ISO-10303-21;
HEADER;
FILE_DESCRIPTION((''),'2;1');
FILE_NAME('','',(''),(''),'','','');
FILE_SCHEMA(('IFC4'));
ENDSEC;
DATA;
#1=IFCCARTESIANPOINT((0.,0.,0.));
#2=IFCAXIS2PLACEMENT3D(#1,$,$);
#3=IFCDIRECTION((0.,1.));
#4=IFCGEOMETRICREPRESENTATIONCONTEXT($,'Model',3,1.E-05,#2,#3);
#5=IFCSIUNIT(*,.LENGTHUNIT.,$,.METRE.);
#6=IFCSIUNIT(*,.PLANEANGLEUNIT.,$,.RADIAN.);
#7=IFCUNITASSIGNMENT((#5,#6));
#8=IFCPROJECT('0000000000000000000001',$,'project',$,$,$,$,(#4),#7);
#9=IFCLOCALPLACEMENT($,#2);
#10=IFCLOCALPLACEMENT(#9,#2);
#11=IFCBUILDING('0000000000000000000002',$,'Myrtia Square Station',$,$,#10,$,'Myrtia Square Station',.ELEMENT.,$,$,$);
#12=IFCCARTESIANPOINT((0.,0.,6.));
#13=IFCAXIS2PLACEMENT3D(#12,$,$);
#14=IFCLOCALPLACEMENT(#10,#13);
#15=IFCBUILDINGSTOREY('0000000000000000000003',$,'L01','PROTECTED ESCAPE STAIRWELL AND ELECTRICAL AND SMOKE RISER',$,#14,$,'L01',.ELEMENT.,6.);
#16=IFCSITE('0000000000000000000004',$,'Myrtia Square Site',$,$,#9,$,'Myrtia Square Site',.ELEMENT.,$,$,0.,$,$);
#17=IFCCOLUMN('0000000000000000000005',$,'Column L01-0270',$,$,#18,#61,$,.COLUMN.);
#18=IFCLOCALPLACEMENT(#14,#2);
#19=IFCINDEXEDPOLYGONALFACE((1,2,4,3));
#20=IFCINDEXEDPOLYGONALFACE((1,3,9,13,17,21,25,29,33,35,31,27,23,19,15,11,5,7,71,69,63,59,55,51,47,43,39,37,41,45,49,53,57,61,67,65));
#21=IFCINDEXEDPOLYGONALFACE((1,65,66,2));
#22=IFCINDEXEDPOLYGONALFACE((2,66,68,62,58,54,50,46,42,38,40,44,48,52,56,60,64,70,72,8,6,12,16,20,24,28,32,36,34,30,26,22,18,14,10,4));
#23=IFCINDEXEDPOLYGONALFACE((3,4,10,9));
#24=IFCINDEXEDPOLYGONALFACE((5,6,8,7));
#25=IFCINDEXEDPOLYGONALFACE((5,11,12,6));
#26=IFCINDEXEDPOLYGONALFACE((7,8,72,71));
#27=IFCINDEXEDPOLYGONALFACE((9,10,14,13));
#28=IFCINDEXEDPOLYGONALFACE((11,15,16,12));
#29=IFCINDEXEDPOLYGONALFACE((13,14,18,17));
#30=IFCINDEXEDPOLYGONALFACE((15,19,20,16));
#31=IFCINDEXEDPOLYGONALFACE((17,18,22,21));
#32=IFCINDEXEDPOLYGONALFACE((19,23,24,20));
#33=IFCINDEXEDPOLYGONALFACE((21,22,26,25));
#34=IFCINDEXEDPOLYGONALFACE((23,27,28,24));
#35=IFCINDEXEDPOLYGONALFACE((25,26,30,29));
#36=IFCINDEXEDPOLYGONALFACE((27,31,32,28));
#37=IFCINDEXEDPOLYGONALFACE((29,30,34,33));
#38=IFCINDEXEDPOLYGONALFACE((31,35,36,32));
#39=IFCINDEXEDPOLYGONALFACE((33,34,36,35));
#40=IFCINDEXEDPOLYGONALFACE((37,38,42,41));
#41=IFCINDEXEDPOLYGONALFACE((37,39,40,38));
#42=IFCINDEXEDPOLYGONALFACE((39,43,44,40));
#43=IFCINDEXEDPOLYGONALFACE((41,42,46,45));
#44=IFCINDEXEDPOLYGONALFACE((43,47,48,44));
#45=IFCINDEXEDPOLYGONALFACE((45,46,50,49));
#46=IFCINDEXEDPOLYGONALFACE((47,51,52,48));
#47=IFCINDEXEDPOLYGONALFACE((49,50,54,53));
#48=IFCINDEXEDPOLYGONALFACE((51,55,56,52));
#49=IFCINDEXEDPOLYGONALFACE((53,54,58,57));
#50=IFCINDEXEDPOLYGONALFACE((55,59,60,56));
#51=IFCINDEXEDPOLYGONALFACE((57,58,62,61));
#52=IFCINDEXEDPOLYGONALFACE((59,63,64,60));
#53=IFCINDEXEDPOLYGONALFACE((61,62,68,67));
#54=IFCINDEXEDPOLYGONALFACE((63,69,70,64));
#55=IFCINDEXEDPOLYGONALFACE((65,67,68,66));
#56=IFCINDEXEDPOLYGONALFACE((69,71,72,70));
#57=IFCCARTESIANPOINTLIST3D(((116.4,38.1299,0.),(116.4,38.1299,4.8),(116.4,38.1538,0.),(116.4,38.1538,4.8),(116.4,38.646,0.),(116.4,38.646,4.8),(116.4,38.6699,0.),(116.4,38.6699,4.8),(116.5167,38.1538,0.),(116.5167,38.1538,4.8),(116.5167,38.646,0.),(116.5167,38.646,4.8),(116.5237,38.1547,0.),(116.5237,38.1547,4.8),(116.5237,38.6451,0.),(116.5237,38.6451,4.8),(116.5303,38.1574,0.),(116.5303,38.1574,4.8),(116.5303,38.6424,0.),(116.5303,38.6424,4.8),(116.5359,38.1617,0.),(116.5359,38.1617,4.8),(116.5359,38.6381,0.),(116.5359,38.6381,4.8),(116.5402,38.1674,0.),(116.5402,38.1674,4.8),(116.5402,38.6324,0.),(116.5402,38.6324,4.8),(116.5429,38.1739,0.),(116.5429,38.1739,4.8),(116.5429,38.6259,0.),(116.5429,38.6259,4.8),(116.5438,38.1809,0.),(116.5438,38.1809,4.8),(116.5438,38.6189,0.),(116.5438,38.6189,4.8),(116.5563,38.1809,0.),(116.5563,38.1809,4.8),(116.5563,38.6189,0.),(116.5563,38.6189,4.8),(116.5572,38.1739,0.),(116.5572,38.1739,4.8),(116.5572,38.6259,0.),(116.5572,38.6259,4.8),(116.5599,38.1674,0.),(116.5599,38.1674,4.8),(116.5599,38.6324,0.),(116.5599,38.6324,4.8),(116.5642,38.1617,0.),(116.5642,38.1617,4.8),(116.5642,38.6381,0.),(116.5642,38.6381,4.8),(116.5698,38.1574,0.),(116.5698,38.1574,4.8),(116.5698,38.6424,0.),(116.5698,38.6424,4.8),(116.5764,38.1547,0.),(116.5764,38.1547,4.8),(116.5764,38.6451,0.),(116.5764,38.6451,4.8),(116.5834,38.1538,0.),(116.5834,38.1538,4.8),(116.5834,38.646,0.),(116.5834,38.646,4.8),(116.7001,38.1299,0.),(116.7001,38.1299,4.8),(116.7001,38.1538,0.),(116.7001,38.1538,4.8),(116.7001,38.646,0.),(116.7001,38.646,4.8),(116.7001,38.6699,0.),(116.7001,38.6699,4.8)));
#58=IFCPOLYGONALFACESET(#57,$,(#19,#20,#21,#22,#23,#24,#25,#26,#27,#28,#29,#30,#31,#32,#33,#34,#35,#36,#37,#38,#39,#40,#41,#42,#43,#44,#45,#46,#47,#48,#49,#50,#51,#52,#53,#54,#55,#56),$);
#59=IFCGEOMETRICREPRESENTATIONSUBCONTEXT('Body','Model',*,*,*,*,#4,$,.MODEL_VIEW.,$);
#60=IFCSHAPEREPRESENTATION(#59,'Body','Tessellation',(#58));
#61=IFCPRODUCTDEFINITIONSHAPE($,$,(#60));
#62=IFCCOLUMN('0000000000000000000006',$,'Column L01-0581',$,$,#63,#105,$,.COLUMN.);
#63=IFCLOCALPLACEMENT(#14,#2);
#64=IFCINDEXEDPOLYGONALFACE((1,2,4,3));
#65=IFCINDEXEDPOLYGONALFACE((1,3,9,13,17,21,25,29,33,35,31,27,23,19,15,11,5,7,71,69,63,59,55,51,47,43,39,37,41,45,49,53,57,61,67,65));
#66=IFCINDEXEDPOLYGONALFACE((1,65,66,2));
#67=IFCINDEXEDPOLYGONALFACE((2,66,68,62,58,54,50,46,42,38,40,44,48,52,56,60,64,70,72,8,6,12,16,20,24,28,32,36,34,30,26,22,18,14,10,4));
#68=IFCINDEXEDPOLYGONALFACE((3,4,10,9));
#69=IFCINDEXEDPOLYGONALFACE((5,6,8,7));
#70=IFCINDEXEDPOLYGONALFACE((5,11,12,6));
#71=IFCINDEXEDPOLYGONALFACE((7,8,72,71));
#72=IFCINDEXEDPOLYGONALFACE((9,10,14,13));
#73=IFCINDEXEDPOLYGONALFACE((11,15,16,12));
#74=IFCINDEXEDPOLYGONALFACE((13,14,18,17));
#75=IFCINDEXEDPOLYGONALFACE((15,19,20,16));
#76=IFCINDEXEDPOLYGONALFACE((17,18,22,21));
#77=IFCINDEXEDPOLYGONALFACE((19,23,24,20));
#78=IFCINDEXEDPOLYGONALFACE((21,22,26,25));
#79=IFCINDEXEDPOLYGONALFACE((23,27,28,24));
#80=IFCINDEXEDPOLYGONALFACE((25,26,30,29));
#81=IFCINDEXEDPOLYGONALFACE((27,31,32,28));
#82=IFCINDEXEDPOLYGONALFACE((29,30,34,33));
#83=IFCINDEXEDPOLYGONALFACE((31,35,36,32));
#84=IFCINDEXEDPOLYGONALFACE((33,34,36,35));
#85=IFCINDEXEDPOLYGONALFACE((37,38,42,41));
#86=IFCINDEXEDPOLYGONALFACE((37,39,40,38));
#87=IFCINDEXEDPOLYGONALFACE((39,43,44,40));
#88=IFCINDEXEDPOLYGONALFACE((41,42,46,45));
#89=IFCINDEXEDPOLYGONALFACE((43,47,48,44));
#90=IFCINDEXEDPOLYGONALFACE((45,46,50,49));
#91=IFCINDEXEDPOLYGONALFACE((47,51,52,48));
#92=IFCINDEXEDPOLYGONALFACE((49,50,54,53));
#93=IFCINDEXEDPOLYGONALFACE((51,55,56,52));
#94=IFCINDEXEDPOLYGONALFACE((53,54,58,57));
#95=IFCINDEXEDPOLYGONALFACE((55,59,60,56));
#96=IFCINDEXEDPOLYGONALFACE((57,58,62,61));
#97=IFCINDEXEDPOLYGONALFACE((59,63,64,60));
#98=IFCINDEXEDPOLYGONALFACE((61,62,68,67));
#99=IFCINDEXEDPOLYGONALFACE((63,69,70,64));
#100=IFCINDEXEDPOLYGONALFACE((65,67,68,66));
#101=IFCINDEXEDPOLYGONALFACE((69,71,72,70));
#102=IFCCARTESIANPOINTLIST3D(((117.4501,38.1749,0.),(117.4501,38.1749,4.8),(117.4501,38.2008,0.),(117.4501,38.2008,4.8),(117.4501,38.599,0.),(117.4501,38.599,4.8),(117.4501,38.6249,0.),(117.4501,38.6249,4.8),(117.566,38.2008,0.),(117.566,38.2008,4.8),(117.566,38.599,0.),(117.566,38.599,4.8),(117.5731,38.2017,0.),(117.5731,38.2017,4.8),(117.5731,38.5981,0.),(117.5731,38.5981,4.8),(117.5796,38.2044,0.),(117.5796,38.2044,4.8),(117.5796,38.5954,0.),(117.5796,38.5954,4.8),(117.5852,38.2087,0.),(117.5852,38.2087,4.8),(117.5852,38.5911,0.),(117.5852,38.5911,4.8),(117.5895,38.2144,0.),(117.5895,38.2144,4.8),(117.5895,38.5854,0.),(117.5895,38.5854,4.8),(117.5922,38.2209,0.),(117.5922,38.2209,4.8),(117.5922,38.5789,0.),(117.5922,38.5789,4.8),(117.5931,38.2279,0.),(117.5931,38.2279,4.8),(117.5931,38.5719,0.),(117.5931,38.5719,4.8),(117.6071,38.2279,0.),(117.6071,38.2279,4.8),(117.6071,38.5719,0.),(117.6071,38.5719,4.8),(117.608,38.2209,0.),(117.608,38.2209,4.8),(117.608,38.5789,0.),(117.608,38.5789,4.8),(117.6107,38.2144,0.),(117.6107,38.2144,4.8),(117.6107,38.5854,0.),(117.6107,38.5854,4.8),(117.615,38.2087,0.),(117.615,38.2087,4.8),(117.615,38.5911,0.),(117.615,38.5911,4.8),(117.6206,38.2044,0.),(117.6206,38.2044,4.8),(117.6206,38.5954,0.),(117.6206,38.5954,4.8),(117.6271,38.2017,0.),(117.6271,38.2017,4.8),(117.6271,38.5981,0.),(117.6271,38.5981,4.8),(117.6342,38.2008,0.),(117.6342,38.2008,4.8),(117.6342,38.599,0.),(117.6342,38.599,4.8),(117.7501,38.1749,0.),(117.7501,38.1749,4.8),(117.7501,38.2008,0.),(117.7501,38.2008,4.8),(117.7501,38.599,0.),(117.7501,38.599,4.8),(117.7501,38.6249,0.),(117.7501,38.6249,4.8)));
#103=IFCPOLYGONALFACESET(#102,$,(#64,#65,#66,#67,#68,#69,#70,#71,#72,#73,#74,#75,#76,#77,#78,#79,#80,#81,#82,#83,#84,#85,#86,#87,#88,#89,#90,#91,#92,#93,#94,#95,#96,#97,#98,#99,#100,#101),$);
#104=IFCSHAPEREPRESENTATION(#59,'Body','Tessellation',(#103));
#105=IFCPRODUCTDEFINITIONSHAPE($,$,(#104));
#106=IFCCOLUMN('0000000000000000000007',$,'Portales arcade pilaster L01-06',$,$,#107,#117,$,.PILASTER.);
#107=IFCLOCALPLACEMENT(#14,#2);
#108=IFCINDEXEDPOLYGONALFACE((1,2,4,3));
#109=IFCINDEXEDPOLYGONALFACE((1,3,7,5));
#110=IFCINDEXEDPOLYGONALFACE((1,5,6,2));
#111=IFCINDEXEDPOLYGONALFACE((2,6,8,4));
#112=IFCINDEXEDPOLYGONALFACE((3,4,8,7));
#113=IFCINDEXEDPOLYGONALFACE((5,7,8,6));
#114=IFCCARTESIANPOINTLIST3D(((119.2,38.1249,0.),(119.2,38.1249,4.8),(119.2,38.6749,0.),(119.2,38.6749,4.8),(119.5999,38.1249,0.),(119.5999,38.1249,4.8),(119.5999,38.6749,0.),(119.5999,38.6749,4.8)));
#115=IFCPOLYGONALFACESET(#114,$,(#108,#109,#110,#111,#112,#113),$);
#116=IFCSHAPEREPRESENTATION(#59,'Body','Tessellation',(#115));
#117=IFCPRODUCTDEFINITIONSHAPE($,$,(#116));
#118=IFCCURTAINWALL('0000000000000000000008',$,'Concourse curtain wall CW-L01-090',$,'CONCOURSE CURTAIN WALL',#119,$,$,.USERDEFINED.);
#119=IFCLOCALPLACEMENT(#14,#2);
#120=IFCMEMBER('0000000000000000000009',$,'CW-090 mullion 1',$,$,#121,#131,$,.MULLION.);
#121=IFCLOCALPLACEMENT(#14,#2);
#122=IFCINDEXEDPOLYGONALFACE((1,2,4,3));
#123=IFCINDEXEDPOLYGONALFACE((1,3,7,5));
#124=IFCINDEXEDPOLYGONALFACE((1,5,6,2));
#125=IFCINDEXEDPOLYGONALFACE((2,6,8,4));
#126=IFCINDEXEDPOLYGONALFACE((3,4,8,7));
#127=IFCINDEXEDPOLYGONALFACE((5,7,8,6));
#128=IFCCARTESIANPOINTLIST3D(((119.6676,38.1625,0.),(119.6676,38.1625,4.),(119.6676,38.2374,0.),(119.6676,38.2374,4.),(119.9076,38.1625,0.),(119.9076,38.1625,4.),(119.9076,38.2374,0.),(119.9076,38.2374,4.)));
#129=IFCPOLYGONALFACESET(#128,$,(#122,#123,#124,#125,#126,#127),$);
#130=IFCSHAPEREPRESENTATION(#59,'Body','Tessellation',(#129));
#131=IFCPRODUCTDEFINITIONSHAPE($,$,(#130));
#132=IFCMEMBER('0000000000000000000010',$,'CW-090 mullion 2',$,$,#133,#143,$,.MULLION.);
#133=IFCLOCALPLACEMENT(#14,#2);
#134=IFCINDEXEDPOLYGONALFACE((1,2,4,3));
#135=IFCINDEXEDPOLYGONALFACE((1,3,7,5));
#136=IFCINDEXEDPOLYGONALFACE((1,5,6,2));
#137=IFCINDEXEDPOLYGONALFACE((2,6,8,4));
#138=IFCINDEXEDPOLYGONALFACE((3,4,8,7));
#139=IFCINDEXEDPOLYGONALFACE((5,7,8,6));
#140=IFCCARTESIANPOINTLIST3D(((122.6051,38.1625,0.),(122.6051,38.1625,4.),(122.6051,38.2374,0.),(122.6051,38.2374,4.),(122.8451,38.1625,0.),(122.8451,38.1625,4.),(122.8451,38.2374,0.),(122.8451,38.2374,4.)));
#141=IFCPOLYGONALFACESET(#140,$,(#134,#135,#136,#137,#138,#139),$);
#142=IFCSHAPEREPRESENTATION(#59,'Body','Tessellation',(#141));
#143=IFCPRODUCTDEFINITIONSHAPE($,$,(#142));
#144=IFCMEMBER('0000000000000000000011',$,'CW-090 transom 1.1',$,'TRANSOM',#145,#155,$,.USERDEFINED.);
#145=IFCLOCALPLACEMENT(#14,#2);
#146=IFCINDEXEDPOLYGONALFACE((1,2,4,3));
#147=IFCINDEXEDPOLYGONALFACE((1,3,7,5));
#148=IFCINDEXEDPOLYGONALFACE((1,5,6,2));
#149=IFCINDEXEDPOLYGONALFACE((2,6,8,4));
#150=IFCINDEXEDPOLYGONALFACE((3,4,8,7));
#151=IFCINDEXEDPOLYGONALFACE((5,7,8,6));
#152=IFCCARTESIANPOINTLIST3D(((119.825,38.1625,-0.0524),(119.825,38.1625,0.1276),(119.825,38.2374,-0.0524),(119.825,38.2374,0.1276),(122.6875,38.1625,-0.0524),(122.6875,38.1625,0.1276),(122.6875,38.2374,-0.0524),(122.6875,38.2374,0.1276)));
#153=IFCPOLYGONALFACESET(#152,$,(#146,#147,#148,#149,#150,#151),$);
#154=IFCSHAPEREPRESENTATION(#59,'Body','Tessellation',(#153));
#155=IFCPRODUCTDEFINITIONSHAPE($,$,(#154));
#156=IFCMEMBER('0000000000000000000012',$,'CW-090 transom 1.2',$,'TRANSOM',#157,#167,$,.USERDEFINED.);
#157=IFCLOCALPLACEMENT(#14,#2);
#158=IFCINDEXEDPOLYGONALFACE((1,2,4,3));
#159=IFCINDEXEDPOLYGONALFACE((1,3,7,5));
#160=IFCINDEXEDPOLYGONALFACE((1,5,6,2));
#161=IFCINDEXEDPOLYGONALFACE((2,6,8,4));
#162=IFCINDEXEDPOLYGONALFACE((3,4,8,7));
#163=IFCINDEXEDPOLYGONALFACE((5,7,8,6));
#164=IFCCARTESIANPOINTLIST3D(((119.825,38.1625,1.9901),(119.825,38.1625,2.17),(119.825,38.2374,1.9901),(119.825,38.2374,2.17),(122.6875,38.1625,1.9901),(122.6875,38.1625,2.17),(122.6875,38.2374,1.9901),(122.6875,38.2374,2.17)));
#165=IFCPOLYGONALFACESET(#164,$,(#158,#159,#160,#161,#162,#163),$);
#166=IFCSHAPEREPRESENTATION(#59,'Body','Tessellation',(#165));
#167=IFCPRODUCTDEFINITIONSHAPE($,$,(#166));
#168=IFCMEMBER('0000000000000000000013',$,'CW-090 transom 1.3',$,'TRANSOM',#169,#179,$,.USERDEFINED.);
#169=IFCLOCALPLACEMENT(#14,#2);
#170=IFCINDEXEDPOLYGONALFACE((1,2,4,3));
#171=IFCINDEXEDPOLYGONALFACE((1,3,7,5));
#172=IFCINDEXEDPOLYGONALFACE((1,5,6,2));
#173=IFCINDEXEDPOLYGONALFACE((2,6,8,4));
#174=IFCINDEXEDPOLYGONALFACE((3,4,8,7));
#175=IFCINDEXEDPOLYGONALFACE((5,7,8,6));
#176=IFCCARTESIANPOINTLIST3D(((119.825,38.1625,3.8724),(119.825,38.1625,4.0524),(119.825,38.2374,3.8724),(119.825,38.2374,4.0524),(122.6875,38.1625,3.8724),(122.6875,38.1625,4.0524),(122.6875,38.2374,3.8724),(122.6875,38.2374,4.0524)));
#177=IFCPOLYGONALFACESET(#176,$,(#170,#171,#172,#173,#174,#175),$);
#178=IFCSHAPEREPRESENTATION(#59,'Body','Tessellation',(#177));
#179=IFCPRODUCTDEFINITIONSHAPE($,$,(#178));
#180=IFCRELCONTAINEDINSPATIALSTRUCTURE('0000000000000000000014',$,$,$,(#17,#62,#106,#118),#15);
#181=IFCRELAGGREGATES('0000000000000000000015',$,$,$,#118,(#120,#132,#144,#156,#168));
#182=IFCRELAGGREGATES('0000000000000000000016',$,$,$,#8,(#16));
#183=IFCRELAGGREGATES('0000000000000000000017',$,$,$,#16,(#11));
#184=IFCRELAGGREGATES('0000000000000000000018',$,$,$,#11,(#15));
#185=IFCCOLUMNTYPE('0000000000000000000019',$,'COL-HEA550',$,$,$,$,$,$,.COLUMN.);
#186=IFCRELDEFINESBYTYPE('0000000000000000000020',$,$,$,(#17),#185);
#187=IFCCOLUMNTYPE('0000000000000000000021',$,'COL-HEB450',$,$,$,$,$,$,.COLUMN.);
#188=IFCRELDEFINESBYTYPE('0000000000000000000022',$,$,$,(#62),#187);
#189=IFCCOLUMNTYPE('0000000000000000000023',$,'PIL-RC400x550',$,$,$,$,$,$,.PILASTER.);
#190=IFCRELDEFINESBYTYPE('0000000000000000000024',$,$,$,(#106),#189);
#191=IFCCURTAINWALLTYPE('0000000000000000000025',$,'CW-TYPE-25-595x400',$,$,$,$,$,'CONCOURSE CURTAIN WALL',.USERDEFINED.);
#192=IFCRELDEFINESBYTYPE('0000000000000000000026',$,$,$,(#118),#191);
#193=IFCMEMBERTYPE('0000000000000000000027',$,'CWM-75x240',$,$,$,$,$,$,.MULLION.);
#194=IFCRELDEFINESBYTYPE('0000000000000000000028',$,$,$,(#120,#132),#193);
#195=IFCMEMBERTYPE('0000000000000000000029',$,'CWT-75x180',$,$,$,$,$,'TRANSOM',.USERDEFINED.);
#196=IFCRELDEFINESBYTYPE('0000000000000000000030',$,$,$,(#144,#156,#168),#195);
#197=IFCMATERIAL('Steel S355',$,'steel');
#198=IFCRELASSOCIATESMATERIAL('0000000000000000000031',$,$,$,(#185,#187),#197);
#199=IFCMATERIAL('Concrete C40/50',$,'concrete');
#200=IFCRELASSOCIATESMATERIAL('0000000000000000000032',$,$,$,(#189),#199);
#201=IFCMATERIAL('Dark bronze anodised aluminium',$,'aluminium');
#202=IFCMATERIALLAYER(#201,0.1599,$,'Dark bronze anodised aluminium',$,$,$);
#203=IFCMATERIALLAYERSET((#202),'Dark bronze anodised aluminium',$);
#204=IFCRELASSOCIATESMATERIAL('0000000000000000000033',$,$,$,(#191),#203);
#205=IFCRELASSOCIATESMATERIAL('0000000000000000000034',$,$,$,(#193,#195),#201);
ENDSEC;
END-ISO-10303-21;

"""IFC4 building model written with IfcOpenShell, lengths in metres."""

from ifc_helpers import new_model, si_unit, direction, frame, origin, origin_2d, place, context, subcontext, project, spatial, rectangle, i_section, extrude, material, layer, layer_set, material_profile, profile_set, type_object, element, aggregate, save


model = new_model("IFC4")

# Units and contexts
model_context = context("Model", 3, precision=1e-05, world=origin(), true_north=direction((0.0, 1.0)))
body_context = subcontext(model_context, "Body", "Model", "MODEL_VIEW")
ifc_project = project(units=[si_unit("LENGTHUNIT", "METRE"), si_unit("PLANEANGLEUNIT", "RADIAN")], contexts=[model_context])

# Site, building, storey
site_placement = place(None, origin())
site = spatial("IfcSite", under=ifc_project, at=site_placement, Name="Myrtia Square Site", LongName="Myrtia Square Site", CompositionType="ELEMENT", RefElevation=0.0)
building_placement = place(site_placement, origin())
building = spatial("IfcBuilding", under=site, at=building_placement, Name="Myrtia Square Station", LongName="Myrtia Square Station", CompositionType="ELEMENT")
storey_placement = place(building_placement, frame((0.0, 0.0, 6.0)))
storey = spatial("IfcBuildingStorey", under=building, at=storey_placement, Name="L01", Description="PROTECTED ESCAPE STAIRWELL AND ELECTRICAL AND SMOKE RISER", LongName="L01", CompositionType="ELEMENT", Elevation=6.0)

# Columns
ifc_material_1 = material(Name="Steel S355", Category="steel")
ifc_material_profile_1 = material_profile(ifc_material_1, i_section(OverallWidth=0.3, OverallDepth=0.54, WebThickness=0.0125, FlangeThickness=0.0239, FilletRadius=0.0271, at=origin_2d()), Name="HEA 550")
ifc_profile_set_1 = profile_set([ifc_material_profile_1], Name="Steel S355")
column_type_1 = type_object("IfcColumnType", Name="COL-HEA550", PredefinedType="COLUMN", material=ifc_profile_set_1)
column_1_placement = place(storey_placement, frame((116.55, 38.3999, 0.0), z_axis=(0.0, 0.0, 1.0), x_axis=(1.0, 0.0, 0.0)))
element("IfcColumn", 1, at=column_1_placement, inside=storey, type_object=column_type_1, Name="Column L01-0270", PredefinedType="COLUMN", context=body_context, shape_type="SweptSolid", body=[
    extrude(i_section(OverallWidth=0.3, OverallDepth=0.54, WebThickness=0.0125, FlangeThickness=0.0239, FilletRadius=0.0271, at=origin_2d()), origin(), (0.0, 0.0, 1.0), 4.8),
])
ifc_material_profile_2 = material_profile(ifc_material_1, i_section(OverallWidth=0.3, OverallDepth=0.45, WebThickness=0.0139, FlangeThickness=0.0259, FilletRadius=0.0271, at=origin_2d()), Name="HEB 450")
ifc_profile_set_2 = profile_set([ifc_material_profile_2], Name="Steel S355")
column_type_2 = type_object("IfcColumnType", Name="COL-HEB450", PredefinedType="COLUMN", material=ifc_profile_set_2)
column_2_placement = place(storey_placement, frame((117.6001, 38.3999, 0.0), z_axis=(0.0, 0.0, 1.0), x_axis=(1.0, 0.0, 0.0)))
element("IfcColumn", 2, at=column_2_placement, inside=storey, type_object=column_type_2, Name="Column L01-0581", PredefinedType="COLUMN", context=body_context, shape_type="SweptSolid", body=[
    extrude(i_section(OverallWidth=0.3, OverallDepth=0.45, WebThickness=0.0139, FlangeThickness=0.0259, FilletRadius=0.0271, at=origin_2d()), origin(), (0.0, 0.0, 1.0), 4.8),
])
ifc_material_2 = material(Name="Concrete C40/50", Category="concrete")
ifc_material_profile_3 = material_profile(ifc_material_2, rectangle(XDim=0.3999, YDim=0.55, at=origin_2d()), Name="PIL 400x550")
ifc_profile_set_3 = profile_set([ifc_material_profile_3], Name="Concrete C40/50")
column_type_3 = type_object("IfcColumnType", Name="PIL-RC400x550", PredefinedType="PILASTER", material=ifc_profile_set_3)
column_3_placement = place(storey_placement, frame((119.3999, 38.3999, 0.0), z_axis=(0.0, 0.0, 1.0), x_axis=(1.0, 0.0, 0.0)))
element("IfcColumn", 3, at=column_3_placement, inside=storey, type_object=column_type_3, Name="Portales arcade pilaster L01-06", PredefinedType="PILASTER", context=body_context, shape_type="SweptSolid", body=[
    extrude(rectangle(XDim=0.3999, YDim=0.55, at=origin_2d()), origin(), (0.0, 0.0, 1.0), 4.8),
])

# Curtain wall, members
ifc_material_3 = material(Name="Dark bronze anodised aluminium", Category="aluminium")
ifc_layer_1 = layer(ifc_material_3, 0.1599, Name="Dark bronze anodised aluminium")
ifc_layer_set_1 = layer_set([ifc_layer_1], Name="Dark bronze anodised aluminium")
curtain_wall_type = type_object("IfcCurtainWallType", Name="CW-TYPE-25-595x400", ElementType="CONCOURSE CURTAIN WALL", PredefinedType="USERDEFINED", material=ifc_layer_set_1)
curtain_wall_placement = place(storey_placement, origin())
curtain_wall = element("IfcCurtainWall", 4, at=curtain_wall_placement, inside=storey, type_object=curtain_wall_type, Name="Concourse curtain wall CW-L01-090", ObjectType="CONCOURSE CURTAIN WALL", PredefinedType="USERDEFINED")
ifc_material_profile_4 = material_profile(ifc_material_3, rectangle(XDim=0.075, YDim=0.24, at=origin_2d()), Name="ALU-M 75x240")
ifc_profile_set_4 = profile_set([ifc_material_profile_4], Name="Dark bronze anodised aluminium")
member_type_1 = type_object("IfcMemberType", Name="CWM-75x240", PredefinedType="MULLION", material=ifc_profile_set_4)
member_1_placement = place(storey_placement, frame((119.7876, 38.2, 0.0), z_axis=(0.0, 0.0, 1.0), x_axis=(0.0, 1.0, 0.0)))
member_1 = element("IfcMember", 5, at=member_1_placement, type_object=member_type_1, Name="CW-090 mullion 1", PredefinedType="MULLION", context=body_context, shape_type="SweptSolid", body=[
    extrude(rectangle(XDim=0.075, YDim=0.24, at=origin_2d()), origin(), (0.0, 0.0, 1.0), 4.0),
])
member_2_placement = place(storey_placement, frame((122.7251, 38.2, 0.0), z_axis=(0.0, 0.0, 1.0), x_axis=(0.0, 1.0, 0.0)))
member_2 = element("IfcMember", 6, at=member_2_placement, type_object=member_type_1, Name="CW-090 mullion 2", PredefinedType="MULLION", context=body_context, shape_type="SweptSolid", body=[
    extrude(rectangle(XDim=0.075, YDim=0.24, at=origin_2d()), origin(), (0.0, 0.0, 1.0), 4.0),
])
ifc_material_profile_5 = material_profile(ifc_material_3, rectangle(XDim=0.075, YDim=0.1799, at=origin_2d()), Name="ALU-T 75x180")
ifc_profile_set_5 = profile_set([ifc_material_profile_5], Name="Dark bronze anodised aluminium")
member_type_2 = type_object("IfcMemberType", Name="CWT-75x180", ElementType="TRANSOM", PredefinedType="USERDEFINED", material=ifc_profile_set_5)
member_3_placement = place(storey_placement, frame((119.825, 38.2, 0.0376), z_axis=(1.0, 0.0, 0.0), x_axis=(0.0, 1.0, 0.0)))
member_3 = element("IfcMember", 7, at=member_3_placement, type_object=member_type_2, Name="CW-090 transom 1.1", ObjectType="TRANSOM", PredefinedType="USERDEFINED", context=body_context, shape_type="SweptSolid", body=[
    extrude(rectangle(XDim=0.075, YDim=0.1799, at=origin_2d()), origin(), (0.0, 0.0, 1.0), 2.8625),
])
member_4_placement = place(storey_placement, frame((119.825, 38.2, 2.0801), z_axis=(1.0, 0.0, 0.0), x_axis=(0.0, 1.0, 0.0)))
member_4 = element("IfcMember", 8, at=member_4_placement, type_object=member_type_2, Name="CW-090 transom 1.2", ObjectType="TRANSOM", PredefinedType="USERDEFINED", context=body_context, shape_type="SweptSolid", body=[
    extrude(rectangle(XDim=0.075, YDim=0.1799, at=origin_2d()), origin(), (0.0, 0.0, 1.0), 2.8625),
])
member_5_placement = place(storey_placement, frame((119.825, 38.2, 3.9624), z_axis=(1.0, 0.0, 0.0), x_axis=(0.0, 1.0, 0.0)))
member_5 = element("IfcMember", 9, at=member_5_placement, type_object=member_type_2, Name="CW-090 transom 1.3", ObjectType="TRANSOM", PredefinedType="USERDEFINED", context=body_context, shape_type="SweptSolid", body=[
    extrude(rectangle(XDim=0.075, YDim=0.1799, at=origin_2d()), origin(), (0.0, 0.0, 1.0), 2.8625),
])

aggregate(curtain_wall, [member_1, member_2, member_3, member_4, member_5])

save(model, "model.ifc")
